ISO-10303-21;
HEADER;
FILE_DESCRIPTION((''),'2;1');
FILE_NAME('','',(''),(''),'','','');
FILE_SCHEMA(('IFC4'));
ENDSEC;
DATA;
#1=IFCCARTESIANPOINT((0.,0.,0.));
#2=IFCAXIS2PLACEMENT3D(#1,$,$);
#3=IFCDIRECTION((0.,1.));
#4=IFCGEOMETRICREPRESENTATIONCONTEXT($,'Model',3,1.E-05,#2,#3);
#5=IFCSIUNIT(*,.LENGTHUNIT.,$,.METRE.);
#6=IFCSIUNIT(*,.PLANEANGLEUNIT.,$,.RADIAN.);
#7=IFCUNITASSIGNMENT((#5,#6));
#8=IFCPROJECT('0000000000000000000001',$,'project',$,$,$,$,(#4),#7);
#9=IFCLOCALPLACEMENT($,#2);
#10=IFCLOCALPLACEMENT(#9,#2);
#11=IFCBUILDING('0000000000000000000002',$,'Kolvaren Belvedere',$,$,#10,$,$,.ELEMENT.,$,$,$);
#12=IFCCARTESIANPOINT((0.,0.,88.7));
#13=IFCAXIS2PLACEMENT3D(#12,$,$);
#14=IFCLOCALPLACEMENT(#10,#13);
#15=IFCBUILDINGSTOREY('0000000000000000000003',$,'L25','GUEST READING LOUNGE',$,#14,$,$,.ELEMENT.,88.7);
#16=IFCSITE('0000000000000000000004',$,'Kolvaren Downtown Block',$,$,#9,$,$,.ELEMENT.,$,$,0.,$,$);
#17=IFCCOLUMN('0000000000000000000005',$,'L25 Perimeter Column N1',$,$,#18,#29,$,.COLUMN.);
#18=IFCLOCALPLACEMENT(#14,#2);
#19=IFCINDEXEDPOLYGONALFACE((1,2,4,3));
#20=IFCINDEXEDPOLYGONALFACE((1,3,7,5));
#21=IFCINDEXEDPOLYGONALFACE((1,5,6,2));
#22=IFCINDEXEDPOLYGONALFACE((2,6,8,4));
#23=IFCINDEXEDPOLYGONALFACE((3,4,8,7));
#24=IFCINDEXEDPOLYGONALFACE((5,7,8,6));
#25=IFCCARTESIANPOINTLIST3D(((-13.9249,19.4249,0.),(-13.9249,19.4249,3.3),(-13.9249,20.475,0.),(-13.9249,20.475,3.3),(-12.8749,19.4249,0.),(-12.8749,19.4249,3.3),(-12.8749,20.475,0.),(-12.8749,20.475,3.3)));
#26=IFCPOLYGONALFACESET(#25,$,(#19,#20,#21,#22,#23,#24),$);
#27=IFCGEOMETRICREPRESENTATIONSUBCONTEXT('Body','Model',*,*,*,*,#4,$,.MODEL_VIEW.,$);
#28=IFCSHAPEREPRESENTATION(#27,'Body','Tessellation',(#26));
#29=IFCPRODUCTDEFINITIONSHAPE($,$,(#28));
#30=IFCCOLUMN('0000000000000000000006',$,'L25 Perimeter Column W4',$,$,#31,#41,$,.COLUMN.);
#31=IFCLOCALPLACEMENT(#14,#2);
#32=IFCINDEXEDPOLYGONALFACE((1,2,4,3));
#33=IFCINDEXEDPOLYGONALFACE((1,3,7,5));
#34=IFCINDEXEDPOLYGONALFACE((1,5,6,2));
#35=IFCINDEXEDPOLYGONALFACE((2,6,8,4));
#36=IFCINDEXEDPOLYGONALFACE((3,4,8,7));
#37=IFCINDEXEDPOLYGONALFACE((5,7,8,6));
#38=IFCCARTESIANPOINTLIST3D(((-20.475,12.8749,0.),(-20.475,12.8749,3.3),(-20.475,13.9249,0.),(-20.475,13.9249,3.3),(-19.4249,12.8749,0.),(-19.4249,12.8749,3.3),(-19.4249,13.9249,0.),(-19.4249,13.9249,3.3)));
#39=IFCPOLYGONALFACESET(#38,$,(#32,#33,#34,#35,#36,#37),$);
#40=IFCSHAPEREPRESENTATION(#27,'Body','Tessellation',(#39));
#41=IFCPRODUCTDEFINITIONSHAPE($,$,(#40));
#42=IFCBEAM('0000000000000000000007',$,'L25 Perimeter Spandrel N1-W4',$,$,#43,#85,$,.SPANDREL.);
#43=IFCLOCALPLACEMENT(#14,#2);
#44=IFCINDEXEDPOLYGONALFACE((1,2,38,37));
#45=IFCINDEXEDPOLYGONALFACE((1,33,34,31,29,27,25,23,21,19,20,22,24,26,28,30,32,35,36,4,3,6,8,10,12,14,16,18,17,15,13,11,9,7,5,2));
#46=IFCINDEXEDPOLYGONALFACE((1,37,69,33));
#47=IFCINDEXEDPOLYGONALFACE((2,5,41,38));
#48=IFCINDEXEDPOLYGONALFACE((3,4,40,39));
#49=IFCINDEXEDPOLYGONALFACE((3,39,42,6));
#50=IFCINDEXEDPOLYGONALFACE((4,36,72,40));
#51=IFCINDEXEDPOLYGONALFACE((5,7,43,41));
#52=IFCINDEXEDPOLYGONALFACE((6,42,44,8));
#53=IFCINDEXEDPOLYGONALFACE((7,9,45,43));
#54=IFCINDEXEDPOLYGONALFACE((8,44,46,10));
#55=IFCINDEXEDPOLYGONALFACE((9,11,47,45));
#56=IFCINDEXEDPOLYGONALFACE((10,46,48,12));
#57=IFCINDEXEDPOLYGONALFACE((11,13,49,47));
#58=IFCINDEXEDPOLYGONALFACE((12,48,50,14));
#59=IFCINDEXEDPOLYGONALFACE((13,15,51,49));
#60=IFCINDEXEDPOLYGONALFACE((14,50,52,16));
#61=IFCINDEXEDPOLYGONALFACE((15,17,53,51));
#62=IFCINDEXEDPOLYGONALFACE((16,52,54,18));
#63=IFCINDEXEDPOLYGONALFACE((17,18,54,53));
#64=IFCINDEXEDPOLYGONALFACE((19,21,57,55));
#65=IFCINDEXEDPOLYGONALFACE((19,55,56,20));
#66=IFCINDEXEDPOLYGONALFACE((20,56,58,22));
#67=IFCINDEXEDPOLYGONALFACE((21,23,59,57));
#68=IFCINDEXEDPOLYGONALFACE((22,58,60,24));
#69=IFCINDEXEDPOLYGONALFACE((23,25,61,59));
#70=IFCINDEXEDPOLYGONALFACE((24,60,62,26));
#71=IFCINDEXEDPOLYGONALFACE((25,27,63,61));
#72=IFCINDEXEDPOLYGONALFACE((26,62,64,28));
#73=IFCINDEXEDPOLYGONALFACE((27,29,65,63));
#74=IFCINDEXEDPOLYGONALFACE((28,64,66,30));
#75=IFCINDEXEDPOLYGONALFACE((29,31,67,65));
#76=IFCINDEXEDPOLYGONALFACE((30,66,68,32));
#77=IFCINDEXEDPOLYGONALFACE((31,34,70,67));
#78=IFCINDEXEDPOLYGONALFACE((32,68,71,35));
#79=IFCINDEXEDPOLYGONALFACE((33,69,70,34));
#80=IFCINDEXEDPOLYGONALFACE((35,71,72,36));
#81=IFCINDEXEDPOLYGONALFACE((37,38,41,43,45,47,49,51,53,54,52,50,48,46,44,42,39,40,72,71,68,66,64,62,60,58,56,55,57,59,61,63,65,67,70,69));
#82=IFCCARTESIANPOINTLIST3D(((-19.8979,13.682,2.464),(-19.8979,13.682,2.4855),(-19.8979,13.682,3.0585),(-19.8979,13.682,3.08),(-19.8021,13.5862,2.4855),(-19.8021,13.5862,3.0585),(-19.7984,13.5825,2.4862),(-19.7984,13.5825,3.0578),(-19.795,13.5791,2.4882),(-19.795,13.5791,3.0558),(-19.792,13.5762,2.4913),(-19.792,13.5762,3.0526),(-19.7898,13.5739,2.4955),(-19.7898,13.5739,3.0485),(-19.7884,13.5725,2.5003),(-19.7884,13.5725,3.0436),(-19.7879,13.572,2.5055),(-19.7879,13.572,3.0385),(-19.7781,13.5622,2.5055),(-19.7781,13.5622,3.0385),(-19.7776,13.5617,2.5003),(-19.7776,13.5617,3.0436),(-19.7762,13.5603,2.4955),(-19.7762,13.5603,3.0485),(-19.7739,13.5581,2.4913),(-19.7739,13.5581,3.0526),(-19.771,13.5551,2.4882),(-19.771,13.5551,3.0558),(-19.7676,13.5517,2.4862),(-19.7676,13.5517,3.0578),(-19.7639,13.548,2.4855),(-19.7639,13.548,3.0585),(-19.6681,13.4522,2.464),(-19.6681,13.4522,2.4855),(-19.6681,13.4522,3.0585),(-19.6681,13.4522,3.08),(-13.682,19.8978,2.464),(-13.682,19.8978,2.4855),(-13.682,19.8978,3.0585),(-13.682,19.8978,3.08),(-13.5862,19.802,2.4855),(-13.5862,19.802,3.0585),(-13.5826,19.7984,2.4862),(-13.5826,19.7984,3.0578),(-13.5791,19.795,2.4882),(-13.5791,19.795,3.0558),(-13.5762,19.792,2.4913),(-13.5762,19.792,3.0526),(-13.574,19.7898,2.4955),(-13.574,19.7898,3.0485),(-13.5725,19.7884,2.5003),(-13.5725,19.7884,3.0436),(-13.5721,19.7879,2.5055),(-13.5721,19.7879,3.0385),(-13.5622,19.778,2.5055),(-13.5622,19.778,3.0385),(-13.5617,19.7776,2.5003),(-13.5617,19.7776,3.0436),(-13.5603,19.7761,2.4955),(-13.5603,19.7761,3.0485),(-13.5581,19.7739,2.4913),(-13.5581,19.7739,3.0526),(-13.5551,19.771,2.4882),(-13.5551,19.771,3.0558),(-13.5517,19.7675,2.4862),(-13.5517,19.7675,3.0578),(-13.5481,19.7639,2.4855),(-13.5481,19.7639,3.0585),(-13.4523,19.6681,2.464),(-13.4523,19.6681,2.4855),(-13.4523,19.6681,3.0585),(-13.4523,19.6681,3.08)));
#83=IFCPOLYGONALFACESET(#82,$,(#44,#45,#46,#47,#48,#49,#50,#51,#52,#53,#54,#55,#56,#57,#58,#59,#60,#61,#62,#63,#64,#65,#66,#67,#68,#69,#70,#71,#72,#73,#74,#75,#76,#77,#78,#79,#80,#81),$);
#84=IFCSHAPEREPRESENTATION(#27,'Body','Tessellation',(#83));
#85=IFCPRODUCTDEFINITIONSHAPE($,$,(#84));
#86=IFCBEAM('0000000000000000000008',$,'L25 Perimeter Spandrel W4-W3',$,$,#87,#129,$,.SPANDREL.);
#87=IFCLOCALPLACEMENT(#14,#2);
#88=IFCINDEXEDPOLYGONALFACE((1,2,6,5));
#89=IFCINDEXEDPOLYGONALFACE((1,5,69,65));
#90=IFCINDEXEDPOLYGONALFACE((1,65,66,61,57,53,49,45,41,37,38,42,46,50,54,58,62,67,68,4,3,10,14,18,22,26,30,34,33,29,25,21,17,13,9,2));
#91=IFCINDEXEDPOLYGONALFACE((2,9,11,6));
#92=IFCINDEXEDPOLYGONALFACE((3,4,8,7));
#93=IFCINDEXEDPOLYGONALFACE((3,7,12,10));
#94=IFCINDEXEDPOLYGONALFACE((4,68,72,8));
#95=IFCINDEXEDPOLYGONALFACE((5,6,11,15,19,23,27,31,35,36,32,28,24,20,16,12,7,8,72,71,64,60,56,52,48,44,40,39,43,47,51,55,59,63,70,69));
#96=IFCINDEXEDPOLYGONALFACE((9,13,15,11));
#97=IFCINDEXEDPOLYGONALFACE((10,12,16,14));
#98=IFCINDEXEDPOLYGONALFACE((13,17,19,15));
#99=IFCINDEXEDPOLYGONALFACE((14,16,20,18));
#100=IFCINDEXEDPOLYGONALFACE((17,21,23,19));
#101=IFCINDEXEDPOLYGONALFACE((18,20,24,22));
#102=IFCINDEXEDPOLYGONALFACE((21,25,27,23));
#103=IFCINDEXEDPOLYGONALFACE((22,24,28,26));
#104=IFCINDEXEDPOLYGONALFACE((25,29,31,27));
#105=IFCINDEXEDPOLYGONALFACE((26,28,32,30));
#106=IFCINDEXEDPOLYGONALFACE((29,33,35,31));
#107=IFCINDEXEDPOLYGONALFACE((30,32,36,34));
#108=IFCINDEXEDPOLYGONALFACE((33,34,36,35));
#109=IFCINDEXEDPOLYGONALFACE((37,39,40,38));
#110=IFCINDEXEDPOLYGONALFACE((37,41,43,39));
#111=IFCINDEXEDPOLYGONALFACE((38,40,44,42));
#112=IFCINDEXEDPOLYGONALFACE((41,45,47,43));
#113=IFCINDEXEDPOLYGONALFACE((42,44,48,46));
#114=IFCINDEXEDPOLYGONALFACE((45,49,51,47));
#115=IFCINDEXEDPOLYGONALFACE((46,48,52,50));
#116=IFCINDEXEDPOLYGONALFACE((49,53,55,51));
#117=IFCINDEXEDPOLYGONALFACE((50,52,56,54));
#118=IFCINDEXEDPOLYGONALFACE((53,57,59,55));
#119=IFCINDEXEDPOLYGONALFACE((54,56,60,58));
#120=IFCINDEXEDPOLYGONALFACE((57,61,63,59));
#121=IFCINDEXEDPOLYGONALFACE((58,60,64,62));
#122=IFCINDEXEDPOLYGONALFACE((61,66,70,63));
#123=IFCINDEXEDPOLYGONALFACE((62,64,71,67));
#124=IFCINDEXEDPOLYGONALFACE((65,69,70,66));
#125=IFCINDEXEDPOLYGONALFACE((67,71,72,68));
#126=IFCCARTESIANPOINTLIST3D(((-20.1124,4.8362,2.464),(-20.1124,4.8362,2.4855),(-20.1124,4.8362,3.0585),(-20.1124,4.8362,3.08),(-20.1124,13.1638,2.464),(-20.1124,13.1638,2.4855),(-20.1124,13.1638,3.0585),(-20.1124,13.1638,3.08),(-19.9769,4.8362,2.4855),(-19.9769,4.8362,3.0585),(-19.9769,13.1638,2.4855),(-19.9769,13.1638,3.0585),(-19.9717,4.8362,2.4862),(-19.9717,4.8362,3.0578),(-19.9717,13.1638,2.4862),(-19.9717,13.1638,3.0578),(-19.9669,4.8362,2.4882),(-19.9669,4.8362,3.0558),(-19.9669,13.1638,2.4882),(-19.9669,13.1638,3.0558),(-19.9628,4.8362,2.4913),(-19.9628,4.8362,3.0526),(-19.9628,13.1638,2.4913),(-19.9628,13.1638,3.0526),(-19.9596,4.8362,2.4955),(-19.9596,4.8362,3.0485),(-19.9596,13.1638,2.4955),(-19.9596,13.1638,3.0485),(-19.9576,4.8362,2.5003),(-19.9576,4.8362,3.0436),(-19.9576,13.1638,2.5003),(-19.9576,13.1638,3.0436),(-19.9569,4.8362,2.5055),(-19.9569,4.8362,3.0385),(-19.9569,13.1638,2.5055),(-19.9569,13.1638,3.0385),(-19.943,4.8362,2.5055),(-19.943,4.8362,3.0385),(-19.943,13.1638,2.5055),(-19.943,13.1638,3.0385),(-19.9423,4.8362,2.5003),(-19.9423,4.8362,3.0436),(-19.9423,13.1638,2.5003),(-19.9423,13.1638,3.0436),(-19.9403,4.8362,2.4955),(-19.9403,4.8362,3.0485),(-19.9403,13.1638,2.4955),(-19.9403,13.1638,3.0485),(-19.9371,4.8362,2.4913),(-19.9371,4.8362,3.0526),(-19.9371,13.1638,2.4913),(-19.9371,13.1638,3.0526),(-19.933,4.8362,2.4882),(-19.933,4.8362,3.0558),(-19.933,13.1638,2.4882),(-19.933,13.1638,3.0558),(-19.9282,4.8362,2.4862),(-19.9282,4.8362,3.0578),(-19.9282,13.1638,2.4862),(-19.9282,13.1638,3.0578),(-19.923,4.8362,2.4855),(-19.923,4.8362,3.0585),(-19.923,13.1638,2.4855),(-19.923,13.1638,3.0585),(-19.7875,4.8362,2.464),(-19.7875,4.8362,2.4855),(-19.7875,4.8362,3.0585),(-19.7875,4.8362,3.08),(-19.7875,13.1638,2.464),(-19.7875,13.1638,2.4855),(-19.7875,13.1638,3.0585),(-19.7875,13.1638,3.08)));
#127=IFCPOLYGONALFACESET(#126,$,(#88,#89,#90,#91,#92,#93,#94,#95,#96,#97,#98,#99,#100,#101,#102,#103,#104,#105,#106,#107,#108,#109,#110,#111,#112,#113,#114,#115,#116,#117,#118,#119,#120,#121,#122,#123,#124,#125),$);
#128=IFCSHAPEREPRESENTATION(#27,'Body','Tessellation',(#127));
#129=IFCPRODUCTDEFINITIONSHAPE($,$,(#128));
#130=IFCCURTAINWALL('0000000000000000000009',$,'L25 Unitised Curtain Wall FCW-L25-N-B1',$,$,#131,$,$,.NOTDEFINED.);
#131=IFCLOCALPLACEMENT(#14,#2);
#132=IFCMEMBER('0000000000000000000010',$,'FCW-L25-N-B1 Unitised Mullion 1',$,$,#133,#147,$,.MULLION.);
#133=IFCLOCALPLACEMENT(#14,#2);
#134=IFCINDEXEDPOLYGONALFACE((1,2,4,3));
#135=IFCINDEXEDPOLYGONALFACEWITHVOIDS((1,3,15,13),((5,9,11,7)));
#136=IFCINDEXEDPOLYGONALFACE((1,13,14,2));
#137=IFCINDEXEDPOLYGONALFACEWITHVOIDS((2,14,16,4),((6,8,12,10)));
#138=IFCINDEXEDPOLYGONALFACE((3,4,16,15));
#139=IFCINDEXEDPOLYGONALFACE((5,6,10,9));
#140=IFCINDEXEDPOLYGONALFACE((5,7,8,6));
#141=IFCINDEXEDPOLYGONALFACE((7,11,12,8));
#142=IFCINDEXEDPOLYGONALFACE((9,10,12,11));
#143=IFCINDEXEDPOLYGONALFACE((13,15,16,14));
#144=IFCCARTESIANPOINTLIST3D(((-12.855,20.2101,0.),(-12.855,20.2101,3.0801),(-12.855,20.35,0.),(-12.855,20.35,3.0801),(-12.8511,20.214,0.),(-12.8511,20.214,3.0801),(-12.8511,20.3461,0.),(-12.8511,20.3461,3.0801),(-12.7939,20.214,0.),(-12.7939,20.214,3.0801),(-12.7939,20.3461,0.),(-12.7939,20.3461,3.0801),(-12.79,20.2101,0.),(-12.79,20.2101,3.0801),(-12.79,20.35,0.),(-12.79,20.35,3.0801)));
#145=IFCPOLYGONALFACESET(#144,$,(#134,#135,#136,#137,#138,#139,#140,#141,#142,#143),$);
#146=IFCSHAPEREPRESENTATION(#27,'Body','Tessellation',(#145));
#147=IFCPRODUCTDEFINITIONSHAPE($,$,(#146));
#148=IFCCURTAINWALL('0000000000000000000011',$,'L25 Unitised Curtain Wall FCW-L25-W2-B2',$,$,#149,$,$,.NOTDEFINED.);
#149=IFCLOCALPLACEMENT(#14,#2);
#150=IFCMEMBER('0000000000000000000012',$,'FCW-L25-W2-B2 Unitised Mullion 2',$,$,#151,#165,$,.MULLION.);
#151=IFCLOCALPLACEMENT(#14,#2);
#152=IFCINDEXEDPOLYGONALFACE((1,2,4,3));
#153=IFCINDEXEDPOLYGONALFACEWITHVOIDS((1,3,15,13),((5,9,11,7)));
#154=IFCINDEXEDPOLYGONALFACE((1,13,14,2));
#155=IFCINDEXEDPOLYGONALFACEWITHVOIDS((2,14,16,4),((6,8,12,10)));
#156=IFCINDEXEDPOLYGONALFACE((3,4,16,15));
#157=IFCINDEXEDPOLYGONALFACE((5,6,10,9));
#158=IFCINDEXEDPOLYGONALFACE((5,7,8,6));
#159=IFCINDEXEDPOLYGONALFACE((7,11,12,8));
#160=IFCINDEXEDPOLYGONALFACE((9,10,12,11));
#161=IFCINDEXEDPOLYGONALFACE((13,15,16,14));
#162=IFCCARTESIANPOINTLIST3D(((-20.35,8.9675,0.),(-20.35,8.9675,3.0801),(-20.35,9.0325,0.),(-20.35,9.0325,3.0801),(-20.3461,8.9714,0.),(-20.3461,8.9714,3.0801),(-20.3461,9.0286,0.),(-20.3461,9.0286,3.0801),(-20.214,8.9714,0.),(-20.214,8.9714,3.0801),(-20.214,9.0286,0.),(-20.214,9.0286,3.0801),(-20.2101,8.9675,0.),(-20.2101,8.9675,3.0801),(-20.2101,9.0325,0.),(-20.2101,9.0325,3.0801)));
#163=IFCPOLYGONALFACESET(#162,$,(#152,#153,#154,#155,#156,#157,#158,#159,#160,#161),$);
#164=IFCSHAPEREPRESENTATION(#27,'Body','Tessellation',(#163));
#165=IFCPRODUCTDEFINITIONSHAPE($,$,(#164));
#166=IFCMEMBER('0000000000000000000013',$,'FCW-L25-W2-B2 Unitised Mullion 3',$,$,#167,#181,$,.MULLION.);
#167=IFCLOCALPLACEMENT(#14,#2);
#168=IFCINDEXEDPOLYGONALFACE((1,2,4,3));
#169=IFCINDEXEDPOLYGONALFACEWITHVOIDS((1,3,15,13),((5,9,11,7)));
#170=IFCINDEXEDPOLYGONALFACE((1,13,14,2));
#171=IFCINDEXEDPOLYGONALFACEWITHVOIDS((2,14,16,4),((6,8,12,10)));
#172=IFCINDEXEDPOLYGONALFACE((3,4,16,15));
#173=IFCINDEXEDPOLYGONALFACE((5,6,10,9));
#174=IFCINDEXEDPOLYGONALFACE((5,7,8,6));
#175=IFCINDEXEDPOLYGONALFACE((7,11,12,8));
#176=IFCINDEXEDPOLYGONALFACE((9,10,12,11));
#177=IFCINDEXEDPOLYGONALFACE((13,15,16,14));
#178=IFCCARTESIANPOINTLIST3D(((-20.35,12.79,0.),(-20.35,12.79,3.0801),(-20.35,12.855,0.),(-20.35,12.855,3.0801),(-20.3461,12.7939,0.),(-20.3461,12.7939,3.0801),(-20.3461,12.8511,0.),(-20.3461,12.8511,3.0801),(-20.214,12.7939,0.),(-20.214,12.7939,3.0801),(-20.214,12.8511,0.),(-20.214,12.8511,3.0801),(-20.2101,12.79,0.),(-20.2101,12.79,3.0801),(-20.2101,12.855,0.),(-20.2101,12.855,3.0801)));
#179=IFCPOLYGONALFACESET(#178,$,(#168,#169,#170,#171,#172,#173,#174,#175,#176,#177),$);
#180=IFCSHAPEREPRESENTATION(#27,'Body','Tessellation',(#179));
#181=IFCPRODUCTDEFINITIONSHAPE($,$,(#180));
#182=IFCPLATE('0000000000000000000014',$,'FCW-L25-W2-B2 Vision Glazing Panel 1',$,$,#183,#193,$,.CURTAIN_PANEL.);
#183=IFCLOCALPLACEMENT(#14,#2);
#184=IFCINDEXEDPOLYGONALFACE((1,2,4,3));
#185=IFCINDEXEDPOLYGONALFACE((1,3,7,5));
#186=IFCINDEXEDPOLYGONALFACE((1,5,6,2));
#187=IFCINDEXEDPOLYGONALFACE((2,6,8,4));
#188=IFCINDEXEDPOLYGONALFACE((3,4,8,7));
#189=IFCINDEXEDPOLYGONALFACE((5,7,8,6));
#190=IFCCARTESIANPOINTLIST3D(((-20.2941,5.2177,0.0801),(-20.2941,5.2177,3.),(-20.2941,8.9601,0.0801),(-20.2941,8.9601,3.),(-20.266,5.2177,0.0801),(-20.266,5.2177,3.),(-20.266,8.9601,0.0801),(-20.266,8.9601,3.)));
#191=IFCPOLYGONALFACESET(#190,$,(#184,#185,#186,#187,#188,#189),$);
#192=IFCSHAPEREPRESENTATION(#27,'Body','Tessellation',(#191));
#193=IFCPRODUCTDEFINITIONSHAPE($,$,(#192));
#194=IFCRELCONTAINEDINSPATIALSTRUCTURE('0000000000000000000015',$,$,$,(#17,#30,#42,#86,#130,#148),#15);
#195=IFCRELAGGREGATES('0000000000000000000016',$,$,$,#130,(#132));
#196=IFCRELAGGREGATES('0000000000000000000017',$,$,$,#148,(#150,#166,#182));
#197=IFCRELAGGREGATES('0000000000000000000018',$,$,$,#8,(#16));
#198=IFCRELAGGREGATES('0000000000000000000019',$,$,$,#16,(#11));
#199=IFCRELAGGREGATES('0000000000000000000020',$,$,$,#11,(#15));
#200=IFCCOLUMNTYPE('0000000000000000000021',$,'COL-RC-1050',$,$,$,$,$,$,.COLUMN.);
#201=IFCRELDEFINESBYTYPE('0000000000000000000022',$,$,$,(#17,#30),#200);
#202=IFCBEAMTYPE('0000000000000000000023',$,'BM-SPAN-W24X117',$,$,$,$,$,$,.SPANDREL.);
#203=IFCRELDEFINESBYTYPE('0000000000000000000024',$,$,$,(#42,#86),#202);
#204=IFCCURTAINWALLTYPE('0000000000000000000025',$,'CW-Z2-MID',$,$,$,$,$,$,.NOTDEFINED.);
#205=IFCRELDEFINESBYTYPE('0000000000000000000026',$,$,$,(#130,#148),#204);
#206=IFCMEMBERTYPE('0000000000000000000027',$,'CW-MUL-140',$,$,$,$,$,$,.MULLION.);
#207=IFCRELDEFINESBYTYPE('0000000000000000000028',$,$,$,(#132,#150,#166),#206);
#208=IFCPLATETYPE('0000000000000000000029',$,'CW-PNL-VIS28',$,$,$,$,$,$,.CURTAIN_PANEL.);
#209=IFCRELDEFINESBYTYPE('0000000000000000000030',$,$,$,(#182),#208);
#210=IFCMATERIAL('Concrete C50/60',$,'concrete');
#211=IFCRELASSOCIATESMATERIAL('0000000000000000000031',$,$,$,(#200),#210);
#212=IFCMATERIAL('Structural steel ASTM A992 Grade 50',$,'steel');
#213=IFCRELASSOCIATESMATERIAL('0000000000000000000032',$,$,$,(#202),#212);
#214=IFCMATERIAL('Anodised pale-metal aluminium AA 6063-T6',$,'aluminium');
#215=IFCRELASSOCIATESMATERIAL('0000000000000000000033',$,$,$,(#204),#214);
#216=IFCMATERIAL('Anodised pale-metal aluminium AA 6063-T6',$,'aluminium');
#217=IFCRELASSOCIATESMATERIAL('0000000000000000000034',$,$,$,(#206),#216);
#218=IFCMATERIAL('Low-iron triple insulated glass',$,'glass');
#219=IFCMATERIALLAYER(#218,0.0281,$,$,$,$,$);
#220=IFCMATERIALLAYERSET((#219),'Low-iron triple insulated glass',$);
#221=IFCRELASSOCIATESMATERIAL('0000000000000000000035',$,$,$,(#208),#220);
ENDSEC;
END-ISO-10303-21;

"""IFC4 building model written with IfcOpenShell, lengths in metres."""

from ifc_helpers import new_model, si_unit, direction, frame, origin, origin_2d, place, context, subcontext, project, spatial, rectangle, hollow_rectangle, i_section, extrude, material, layer, layer_set, material_profile, profile_set, type_object, element, aggregate, save


model = new_model("IFC4")

# Units and contexts
model_context = context("Model", 3, precision=1e-05, world=origin(), true_north=direction((0.0, 1.0)))
body_context = subcontext(model_context, "Body", "Model", "MODEL_VIEW")
ifc_project = project(units=[si_unit("LENGTHUNIT", "METRE"), si_unit("PLANEANGLEUNIT", "RADIAN")], contexts=[model_context])

# Site, building, storey
site_placement = place(None, origin())
site = spatial("IfcSite", under=ifc_project, at=site_placement, Name="Kolvaren Downtown Block", CompositionType="ELEMENT", RefElevation=0.0)
building_placement = place(site_placement, origin())
building = spatial("IfcBuilding", under=site, at=building_placement, Name="Kolvaren Belvedere", CompositionType="ELEMENT")
storey_placement = place(building_placement, frame((0.0, 0.0, 88.7)))
storey = spatial("IfcBuildingStorey", under=building, at=storey_placement, Name="L25", Description="GUEST READING LOUNGE", CompositionType="ELEMENT", Elevation=88.7)

# Columns
ifc_material_1 = material(Name="Concrete C50/60", Category="concrete")
ifc_material_profile_1 = material_profile(ifc_material_1, rectangle(XDim=1.05, YDim=1.05, at=origin_2d()), Name="RC 1050X1050")
ifc_profile_set_1 = profile_set([ifc_material_profile_1], Name="Concrete C50/60")
column_type = type_object("IfcColumnType", Name="COL-RC-1050", PredefinedType="COLUMN", material=ifc_profile_set_1)
for number, where, z_axis, x_axis, name in (
    (1, (-13.3999, 19.95, 0.0), (0.0, 0.0, 1.0), (1.0, 0.0, 0.0), "L25 Perimeter Column N1"),
    (2, (-19.95, 13.3999, 0.0), (0.0, 0.0, 1.0), (1.0, 0.0, 0.0), "L25 Perimeter Column W4"),
):
    element("IfcColumn", number, at=place(storey_placement, frame(where, z_axis=z_axis, x_axis=x_axis)), inside=storey, type_object=column_type, Name=name, PredefinedType="COLUMN", context=body_context, shape_type="SweptSolid", body=[
        extrude(rectangle(XDim=1.05, YDim=1.05, at=origin_2d()), origin(), (0.0, 0.0, 1.0), 3.3),
    ])

# Beams
ifc_material_2 = material(Name="Structural steel ASTM A992 Grade 50", Category="steel")
ifc_material_profile_2 = material_profile(ifc_material_2, i_section(OverallWidth=0.325, OverallDepth=0.616, WebThickness=0.0139, FlangeThickness=0.0215, FilletRadius=0.02, at=origin_2d()), Name="W24X117")
ifc_profile_set_2 = profile_set([ifc_material_profile_2], Name="Structural steel ASTM A992 Grade 50")
beam_type = type_object("IfcBeamType", Name="BM-SPAN-W24X117", PredefinedType="SPANDREL", material=ifc_profile_set_2)
beam_1_placement = place(storey_placement, frame((-13.5671, 19.783, 2.772), z_axis=(-0.707107, -0.707107, 0.0), x_axis=(0.707107, -0.707107, 0.0)))
element("IfcBeam", 3, at=beam_1_placement, inside=storey, type_object=beam_type, Name="L25 Perimeter Spandrel N1-W4", PredefinedType="SPANDREL", context=body_context, shape_type="SweptSolid", body=[
    extrude(i_section(OverallWidth=0.325, OverallDepth=0.616, WebThickness=0.0139, FlangeThickness=0.0215, FilletRadius=0.02, at=origin_2d()), origin(), (0.0, 0.0, 1.0), 8.7905),
])
beam_2_placement = place(storey_placement, frame((-19.95, 13.1638, 2.772), z_axis=(0.0, -1.0, 0.0), x_axis=(1.0, 0.0, 0.0)))
element("IfcBeam", 4, at=beam_2_placement, inside=storey, type_object=beam_type, Name="L25 Perimeter Spandrel W4-W3", PredefinedType="SPANDREL", context=body_context, shape_type="SweptSolid", body=[
    extrude(i_section(OverallWidth=0.325, OverallDepth=0.616, WebThickness=0.0139, FlangeThickness=0.0215, FilletRadius=0.02, at=origin_2d()), origin(), (0.0, 0.0, 1.0), 8.3276),
])

# Curtain wall, member
ifc_material_3 = material(Name="Anodised pale-metal aluminium AA 6063-T6", Category="aluminium")
curtain_wall_type = type_object("IfcCurtainWallType", Name="CW-Z2-MID", PredefinedType="NOTDEFINED", material=ifc_material_3)
curtain_wall_1_placement = place(storey_placement, origin())
curtain_wall_1 = element("IfcCurtainWall", 5, at=curtain_wall_1_placement, inside=storey, type_object=curtain_wall_type, Name="L25 Unitised Curtain Wall FCW-L25-N-B1", PredefinedType="NOTDEFINED")
ifc_material_4 = material(Name="Anodised pale-metal aluminium AA 6063-T6", Category="aluminium")
ifc_material_profile_3 = material_profile(ifc_material_4, hollow_rectangle(XDim=0.0649, YDim=0.1399, WallThickness=0.0039, at=origin_2d()), Name="ALU-MUL-140X65")
ifc_profile_set_3 = profile_set([ifc_material_profile_3], Name="Anodised pale-metal aluminium AA 6063-T6")
member_type = type_object("IfcMemberType", Name="CW-MUL-140", PredefinedType="MULLION", material=ifc_profile_set_3)
member_1_placement = place(storey_placement, frame((-12.8225, 20.28, 0.0), z_axis=(0.0, 0.0, 1.0), x_axis=(1.0, 0.0, 0.0)))
member_1 = element("IfcMember", 6, at=member_1_placement, type_object=member_type, Name="FCW-L25-N-B1 Unitised Mullion 1", PredefinedType="MULLION", context=body_context, shape_type="SweptSolid", body=[
    extrude(hollow_rectangle(XDim=0.0649, YDim=0.1399, WallThickness=0.0039, at=origin_2d()), origin(), (0.0, 0.0, 1.0), 3.0801),
])
aggregate(curtain_wall_1, [member_1])

# Curtain wall, members, plate
curtain_wall_2_placement = place(storey_placement, origin())
curtain_wall_2 = element("IfcCurtainWall", 7, at=curtain_wall_2_placement, inside=storey, type_object=curtain_wall_type, Name="L25 Unitised Curtain Wall FCW-L25-W2-B2", PredefinedType="NOTDEFINED")
member_2_placement = place(storey_placement, frame((-20.28, 9.0, 0.0), z_axis=(0.0, 0.0, 1.0), x_axis=(0.0, 1.0, 0.0)))
member_2 = element("IfcMember", 8, at=member_2_placement, type_object=member_type, Name="FCW-L25-W2-B2 Unitised Mullion 2", PredefinedType="MULLION", context=body_context, shape_type="SweptSolid", body=[
    extrude(hollow_rectangle(XDim=0.0649, YDim=0.1399, WallThickness=0.0039, at=origin_2d()), origin(), (0.0, 0.0, 1.0), 3.0801),
])
member_3_placement = place(storey_placement, frame((-20.28, 12.8225, 0.0), z_axis=(0.0, 0.0, 1.0), x_axis=(0.0, 1.0, 0.0)))
member_3 = element("IfcMember", 9, at=member_3_placement, type_object=member_type, Name="FCW-L25-W2-B2 Unitised Mullion 3", PredefinedType="MULLION", context=body_context, shape_type="SweptSolid", body=[
    extrude(hollow_rectangle(XDim=0.0649, YDim=0.1399, WallThickness=0.0039, at=origin_2d()), origin(), (0.0, 0.0, 1.0), 3.0801),
])
ifc_material_5 = material(Name="Low-iron triple insulated glass", Category="glass")
ifc_layer_1 = layer(ifc_material_5, 0.0281)
ifc_layer_set_1 = layer_set([ifc_layer_1], Name="Low-iron triple insulated glass")
plate_type_1 = type_object("IfcPlateType", Name="CW-PNL-VIS28", PredefinedType="CURTAIN_PANEL", material=ifc_layer_set_1)
plate_1_placement = place(storey_placement, frame((-20.28, 7.0889, 0.0801), z_axis=(0.0, 0.0, 1.0), x_axis=(0.0, 1.0, 0.0)))
plate_1 = element("IfcPlate", 10, at=plate_1_placement, type_object=plate_type_1, Name="FCW-L25-W2-B2 Vision Glazing Panel 1", PredefinedType="CURTAIN_PANEL", context=body_context, shape_type="SweptSolid", body=[
    extrude(rectangle(XDim=3.7424, YDim=0.0281, at=origin_2d()), origin(), (0.0, 0.0, 1.0), 2.9199),
])
aggregate(curtain_wall_2, [member_2, member_3, plate_1])

save(model, "model.ifc")
